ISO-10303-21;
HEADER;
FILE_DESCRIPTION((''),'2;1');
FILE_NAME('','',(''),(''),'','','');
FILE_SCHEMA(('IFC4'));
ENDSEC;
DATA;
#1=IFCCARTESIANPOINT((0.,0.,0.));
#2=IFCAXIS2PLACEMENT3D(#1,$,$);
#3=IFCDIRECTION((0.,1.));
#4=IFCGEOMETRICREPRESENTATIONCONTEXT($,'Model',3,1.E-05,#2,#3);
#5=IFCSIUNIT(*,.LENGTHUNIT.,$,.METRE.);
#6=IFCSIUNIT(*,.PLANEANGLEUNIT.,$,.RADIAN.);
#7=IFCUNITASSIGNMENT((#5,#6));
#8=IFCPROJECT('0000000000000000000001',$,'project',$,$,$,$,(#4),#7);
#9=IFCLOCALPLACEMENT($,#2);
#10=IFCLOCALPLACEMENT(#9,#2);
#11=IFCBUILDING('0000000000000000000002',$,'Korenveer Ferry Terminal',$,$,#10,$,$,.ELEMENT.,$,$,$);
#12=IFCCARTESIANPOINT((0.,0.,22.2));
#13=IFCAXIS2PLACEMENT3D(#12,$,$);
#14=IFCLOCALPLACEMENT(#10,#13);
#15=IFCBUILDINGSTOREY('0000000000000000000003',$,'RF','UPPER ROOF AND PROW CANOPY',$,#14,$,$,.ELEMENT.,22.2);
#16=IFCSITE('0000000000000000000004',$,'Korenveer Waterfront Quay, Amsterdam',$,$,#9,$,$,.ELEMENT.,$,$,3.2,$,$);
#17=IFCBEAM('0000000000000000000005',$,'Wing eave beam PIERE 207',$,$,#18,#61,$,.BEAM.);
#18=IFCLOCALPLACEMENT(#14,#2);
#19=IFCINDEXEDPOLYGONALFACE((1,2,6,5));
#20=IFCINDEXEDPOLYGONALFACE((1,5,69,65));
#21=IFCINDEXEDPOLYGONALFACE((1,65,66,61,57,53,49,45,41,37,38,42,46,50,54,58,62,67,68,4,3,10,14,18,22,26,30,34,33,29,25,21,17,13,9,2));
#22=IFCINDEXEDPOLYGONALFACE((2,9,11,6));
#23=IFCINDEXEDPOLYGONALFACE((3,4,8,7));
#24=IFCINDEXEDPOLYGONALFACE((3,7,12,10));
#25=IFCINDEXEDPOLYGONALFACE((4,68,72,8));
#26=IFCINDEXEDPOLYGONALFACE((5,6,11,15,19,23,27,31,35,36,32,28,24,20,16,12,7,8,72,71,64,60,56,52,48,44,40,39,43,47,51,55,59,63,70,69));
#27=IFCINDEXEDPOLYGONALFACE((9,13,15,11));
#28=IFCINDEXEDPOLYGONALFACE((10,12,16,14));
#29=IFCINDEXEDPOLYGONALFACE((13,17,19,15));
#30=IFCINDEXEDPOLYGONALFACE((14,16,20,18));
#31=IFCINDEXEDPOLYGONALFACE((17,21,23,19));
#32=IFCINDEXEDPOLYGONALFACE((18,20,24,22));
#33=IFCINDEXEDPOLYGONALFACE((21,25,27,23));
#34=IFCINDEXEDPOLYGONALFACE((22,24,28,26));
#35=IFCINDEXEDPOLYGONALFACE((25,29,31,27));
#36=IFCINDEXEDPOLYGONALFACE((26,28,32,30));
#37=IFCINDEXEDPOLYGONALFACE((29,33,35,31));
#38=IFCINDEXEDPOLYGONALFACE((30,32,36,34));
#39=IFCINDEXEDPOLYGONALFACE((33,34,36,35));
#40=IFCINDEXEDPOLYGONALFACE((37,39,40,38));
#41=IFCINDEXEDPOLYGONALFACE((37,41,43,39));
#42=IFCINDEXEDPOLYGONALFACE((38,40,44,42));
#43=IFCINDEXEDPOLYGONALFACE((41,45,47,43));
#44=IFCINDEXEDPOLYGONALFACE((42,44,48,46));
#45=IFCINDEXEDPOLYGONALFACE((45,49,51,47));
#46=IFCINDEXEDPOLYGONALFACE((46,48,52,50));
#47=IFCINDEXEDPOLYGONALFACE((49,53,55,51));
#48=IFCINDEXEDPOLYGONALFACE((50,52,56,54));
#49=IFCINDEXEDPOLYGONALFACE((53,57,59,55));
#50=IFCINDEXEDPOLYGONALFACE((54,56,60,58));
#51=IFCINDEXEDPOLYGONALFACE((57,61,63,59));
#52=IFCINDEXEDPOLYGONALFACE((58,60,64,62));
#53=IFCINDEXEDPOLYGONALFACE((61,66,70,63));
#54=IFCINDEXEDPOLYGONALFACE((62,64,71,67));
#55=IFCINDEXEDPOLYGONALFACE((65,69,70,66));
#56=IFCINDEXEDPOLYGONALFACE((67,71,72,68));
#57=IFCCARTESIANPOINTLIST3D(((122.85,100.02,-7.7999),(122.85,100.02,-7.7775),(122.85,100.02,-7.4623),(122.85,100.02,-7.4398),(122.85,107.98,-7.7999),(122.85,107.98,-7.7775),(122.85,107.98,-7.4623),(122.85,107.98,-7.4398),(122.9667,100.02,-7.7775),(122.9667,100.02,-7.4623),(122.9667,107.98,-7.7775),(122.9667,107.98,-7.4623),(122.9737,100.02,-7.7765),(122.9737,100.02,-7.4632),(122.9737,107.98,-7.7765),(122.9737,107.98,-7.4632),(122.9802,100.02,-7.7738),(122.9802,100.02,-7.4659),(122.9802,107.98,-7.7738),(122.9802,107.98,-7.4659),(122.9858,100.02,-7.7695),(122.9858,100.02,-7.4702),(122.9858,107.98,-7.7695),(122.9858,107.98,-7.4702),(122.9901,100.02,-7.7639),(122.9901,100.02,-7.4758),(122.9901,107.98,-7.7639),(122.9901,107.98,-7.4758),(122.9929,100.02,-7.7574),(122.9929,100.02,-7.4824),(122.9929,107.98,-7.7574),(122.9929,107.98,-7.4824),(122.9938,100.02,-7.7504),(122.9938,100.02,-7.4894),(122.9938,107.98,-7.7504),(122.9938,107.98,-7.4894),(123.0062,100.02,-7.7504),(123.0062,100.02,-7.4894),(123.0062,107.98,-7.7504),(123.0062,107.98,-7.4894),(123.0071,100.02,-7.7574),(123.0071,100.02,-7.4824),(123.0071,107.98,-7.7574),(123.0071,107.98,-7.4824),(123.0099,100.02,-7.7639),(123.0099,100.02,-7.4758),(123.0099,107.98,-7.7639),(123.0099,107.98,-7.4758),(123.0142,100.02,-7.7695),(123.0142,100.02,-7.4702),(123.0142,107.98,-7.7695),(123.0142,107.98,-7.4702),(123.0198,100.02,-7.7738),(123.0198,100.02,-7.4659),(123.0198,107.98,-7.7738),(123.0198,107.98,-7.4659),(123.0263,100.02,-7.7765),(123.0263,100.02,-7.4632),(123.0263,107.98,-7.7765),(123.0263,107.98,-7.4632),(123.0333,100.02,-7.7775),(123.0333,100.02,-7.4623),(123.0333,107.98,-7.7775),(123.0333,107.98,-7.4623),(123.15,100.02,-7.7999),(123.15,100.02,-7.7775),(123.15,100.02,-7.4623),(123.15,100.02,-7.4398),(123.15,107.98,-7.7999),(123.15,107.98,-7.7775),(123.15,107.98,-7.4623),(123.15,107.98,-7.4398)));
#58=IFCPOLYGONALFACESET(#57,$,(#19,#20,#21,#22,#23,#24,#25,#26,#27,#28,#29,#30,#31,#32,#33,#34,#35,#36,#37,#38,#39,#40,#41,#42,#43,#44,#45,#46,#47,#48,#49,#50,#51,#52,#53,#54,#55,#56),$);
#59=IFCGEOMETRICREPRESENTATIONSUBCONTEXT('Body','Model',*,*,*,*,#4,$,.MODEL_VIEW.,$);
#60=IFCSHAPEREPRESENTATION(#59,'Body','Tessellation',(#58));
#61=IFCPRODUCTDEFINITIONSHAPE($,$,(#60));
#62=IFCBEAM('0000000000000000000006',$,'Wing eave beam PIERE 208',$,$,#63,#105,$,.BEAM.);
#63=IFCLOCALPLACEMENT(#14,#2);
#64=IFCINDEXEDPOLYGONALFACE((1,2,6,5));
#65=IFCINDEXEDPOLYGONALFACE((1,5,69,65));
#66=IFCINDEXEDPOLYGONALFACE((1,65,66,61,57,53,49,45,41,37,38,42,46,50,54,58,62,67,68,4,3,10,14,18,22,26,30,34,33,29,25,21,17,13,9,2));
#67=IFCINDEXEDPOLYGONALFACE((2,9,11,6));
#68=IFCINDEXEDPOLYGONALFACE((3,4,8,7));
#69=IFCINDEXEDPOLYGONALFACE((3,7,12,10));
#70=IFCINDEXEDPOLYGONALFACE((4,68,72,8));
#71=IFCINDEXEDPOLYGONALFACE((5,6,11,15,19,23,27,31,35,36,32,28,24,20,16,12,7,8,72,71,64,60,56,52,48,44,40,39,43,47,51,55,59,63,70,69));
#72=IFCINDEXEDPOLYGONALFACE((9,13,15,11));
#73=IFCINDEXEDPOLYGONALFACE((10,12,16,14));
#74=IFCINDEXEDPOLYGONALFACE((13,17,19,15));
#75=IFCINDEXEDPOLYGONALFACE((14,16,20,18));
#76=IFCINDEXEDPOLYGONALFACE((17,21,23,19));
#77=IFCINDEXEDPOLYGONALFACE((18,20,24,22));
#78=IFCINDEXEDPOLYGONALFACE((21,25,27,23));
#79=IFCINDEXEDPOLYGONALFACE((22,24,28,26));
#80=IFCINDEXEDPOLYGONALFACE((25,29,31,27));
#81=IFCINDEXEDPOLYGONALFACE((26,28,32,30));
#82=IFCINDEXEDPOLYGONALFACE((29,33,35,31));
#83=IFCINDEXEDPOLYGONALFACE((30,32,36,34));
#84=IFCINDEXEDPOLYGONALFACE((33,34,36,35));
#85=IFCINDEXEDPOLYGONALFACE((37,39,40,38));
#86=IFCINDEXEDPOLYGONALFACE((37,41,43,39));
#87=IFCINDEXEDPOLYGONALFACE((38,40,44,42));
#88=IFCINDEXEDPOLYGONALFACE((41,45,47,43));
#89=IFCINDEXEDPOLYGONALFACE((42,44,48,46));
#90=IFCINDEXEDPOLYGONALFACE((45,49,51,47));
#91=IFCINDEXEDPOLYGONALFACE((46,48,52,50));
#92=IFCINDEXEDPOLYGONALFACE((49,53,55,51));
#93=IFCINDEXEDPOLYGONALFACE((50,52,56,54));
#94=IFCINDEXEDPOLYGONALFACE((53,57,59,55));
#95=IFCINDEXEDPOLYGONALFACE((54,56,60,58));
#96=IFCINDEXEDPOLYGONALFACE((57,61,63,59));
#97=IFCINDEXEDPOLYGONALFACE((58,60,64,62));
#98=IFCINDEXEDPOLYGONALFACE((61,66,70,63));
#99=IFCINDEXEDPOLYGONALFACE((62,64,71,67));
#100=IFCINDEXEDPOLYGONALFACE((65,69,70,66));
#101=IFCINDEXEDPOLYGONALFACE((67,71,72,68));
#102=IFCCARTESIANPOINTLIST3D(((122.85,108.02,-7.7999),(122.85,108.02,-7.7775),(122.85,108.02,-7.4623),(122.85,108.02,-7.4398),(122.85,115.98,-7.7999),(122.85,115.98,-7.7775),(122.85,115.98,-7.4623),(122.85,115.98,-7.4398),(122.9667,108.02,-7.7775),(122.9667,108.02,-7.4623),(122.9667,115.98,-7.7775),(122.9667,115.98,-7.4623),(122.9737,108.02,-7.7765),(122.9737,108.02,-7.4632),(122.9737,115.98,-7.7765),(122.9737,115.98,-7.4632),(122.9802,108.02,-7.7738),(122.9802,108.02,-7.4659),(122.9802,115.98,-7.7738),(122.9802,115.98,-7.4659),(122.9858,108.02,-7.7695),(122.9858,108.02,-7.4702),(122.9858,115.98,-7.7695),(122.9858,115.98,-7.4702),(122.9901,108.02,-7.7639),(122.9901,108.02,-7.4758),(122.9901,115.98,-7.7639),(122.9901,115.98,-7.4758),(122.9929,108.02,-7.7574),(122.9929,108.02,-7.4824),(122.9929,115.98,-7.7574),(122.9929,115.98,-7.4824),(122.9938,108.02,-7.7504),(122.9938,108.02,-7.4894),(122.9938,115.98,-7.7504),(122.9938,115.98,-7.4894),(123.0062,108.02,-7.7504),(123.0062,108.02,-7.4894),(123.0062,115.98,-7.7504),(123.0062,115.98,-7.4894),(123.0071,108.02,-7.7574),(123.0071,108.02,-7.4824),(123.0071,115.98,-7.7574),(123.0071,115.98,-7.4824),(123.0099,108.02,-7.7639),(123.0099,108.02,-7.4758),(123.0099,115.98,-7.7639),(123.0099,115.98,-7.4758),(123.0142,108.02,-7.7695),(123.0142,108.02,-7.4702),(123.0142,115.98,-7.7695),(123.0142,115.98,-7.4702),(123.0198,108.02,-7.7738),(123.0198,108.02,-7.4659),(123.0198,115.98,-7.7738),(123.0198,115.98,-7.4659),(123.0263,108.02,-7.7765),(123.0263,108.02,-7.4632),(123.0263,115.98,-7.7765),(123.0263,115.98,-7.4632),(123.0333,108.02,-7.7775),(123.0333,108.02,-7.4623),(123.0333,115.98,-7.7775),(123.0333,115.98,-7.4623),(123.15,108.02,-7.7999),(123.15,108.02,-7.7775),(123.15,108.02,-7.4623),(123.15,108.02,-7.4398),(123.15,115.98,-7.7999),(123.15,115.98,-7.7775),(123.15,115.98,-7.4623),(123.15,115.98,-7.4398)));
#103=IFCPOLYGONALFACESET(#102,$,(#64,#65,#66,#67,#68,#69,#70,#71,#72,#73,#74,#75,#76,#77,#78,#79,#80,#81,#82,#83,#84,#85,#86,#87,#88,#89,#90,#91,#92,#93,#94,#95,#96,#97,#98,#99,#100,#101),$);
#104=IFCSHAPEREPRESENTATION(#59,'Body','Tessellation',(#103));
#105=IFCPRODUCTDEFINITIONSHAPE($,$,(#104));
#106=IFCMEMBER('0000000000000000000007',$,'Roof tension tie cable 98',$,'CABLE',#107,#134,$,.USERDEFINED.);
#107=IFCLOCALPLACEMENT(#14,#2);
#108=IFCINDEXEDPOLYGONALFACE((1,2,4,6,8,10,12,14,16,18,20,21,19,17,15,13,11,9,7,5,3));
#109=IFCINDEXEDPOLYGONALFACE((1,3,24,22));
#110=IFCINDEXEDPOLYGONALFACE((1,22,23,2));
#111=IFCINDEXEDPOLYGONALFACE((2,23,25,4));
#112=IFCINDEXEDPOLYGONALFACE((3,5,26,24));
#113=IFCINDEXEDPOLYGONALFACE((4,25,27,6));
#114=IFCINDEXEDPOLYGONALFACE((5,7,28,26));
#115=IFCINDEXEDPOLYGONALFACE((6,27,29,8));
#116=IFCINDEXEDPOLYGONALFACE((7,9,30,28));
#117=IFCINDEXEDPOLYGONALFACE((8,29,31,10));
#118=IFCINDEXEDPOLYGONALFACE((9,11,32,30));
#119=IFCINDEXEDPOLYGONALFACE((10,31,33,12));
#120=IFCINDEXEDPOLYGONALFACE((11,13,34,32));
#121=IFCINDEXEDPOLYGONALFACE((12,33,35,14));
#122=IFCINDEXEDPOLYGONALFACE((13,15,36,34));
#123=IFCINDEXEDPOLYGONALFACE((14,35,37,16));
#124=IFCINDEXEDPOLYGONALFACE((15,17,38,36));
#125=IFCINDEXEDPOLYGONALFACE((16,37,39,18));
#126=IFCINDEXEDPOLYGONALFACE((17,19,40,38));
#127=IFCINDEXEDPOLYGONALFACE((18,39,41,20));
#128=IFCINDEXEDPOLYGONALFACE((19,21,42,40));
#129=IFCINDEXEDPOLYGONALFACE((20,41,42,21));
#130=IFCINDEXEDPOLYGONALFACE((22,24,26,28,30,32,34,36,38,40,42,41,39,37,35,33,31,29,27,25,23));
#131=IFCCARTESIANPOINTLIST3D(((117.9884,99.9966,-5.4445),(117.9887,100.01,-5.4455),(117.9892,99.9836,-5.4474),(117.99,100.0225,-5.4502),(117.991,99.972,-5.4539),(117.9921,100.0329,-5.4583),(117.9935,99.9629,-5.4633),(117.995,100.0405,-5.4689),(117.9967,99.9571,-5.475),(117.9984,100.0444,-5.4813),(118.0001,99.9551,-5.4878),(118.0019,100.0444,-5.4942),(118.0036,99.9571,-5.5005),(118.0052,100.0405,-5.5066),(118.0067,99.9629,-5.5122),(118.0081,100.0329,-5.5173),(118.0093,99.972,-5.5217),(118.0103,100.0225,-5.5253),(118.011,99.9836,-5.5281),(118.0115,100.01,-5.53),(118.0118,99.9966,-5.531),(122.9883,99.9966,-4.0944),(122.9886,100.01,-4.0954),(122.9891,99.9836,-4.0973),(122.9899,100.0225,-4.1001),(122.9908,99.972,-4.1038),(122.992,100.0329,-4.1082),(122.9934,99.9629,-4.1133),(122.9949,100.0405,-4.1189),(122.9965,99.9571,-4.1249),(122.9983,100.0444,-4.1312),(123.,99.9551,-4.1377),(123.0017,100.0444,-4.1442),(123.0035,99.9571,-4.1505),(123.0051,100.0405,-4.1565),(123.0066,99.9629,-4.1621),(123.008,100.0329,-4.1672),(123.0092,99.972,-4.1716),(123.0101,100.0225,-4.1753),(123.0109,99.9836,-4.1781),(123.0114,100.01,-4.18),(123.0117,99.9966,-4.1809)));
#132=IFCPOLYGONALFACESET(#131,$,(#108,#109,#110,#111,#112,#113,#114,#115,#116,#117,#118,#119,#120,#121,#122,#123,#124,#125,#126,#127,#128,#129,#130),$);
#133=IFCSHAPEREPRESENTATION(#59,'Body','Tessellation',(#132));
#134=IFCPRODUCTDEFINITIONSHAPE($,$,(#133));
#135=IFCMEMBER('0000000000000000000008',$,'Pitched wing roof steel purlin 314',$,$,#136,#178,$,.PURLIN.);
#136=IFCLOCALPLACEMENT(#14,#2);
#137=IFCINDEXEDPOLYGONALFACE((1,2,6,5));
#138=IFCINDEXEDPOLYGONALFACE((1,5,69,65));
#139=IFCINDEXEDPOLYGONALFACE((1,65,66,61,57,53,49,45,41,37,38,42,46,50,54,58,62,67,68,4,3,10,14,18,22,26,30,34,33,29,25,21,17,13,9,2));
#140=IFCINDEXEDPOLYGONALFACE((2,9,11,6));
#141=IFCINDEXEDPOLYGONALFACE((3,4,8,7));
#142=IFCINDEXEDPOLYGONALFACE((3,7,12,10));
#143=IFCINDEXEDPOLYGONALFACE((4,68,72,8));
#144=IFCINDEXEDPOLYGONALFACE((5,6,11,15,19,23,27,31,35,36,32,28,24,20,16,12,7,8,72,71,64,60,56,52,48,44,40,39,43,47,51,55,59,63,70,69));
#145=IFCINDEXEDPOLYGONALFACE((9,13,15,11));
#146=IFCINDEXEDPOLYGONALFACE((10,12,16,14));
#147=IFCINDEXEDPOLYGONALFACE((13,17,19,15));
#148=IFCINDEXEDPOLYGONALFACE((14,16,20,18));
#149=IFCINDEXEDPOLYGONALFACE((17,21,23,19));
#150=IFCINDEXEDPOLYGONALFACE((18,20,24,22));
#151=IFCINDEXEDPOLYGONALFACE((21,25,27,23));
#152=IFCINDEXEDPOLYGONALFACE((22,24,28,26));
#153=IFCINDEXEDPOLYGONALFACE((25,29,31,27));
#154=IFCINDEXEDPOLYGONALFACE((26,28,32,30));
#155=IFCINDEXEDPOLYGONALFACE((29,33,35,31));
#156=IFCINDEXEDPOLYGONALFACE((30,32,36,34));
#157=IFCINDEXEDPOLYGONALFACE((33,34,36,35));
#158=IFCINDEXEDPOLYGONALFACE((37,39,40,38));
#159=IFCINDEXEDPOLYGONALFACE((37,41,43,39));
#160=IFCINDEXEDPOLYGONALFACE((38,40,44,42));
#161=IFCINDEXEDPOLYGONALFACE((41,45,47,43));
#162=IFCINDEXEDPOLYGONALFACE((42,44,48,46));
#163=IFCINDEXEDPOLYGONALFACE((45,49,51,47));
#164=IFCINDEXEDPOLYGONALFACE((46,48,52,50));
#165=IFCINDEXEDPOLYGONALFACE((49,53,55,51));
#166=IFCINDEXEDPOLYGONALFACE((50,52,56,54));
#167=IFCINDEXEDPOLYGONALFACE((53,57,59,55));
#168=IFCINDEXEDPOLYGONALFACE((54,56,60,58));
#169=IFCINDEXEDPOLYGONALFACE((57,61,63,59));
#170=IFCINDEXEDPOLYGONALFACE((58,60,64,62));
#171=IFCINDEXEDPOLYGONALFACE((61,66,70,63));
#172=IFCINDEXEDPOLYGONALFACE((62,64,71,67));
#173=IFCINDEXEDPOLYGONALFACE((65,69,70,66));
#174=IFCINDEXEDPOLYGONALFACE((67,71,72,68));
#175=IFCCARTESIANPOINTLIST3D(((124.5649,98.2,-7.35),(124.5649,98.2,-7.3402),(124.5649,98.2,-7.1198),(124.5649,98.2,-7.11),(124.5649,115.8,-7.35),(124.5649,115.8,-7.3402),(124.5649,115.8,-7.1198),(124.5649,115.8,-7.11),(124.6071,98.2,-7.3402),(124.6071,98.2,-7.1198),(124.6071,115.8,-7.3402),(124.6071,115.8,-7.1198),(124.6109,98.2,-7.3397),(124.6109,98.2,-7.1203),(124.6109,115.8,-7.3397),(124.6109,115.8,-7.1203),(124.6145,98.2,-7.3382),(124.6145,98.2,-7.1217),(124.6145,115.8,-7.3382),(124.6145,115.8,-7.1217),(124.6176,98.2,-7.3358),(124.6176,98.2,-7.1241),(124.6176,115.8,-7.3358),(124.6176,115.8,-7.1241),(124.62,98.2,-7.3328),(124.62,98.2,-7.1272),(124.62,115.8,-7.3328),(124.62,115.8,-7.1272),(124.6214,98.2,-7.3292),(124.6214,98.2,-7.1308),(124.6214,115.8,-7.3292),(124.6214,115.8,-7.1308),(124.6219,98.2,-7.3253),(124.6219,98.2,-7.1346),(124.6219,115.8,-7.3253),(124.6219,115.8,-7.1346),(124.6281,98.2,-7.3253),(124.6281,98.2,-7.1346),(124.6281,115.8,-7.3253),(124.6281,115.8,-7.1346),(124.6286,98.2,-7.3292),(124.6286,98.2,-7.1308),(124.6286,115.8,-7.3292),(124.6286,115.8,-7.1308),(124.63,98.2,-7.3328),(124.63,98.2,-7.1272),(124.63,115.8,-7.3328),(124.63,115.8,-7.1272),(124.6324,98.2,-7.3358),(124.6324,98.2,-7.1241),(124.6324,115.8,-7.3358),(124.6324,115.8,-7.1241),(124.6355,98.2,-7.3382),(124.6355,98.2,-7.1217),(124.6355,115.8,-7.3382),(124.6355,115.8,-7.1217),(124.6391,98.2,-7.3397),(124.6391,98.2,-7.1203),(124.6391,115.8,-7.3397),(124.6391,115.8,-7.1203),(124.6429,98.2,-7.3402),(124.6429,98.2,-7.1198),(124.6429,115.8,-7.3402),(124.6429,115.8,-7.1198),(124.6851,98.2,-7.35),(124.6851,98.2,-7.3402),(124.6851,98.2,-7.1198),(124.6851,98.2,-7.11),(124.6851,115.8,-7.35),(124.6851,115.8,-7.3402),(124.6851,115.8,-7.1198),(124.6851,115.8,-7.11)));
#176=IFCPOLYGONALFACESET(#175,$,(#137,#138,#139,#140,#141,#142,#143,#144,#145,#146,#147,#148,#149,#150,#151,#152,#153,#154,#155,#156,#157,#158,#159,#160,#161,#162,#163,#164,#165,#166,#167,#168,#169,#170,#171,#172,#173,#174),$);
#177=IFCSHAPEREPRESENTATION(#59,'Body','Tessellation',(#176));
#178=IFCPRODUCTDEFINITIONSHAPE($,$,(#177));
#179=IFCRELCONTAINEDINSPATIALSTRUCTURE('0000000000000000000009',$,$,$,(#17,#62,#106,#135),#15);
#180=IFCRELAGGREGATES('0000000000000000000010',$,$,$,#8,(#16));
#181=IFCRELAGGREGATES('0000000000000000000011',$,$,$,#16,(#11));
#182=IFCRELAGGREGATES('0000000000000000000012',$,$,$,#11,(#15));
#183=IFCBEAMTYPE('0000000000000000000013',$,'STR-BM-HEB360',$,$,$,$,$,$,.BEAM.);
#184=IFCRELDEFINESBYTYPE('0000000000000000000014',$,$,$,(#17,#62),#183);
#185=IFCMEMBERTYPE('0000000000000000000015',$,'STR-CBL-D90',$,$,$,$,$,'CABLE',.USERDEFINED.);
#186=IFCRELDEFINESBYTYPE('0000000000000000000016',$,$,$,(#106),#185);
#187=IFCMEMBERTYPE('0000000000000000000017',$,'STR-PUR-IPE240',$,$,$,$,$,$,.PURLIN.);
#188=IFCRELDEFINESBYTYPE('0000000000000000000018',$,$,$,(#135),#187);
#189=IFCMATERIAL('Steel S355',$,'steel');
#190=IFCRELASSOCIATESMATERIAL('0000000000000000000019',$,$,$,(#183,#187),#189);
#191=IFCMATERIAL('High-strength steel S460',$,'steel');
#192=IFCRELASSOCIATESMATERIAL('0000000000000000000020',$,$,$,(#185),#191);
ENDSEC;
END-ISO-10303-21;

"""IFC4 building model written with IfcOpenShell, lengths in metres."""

from ifc_helpers import new_model, si_unit, direction, frame, origin, origin_2d, place, context, subcontext, project, spatial, circle, i_section, extrude, material, material_profile, profile_set, type_object, element, save


model = new_model("IFC4")

# Units and contexts
model_context = context("Model", 3, precision=1e-05, world=origin(), true_north=direction((0.0, 1.0)))
body_context = subcontext(model_context, "Body", "Model", "MODEL_VIEW")
ifc_project = project(units=[si_unit("LENGTHUNIT", "METRE"), si_unit("PLANEANGLEUNIT", "RADIAN")], contexts=[model_context])

# Site, building, storey
site_placement = place(None, origin())
site = spatial("IfcSite", under=ifc_project, at=site_placement, Name="Korenveer Waterfront Quay, Amsterdam", CompositionType="ELEMENT", RefElevation=3.2)
building_placement = place(site_placement, origin())
building = spatial("IfcBuilding", under=site, at=building_placement, Name="Korenveer Ferry Terminal", CompositionType="ELEMENT")
storey_placement = place(building_placement, frame((0.0, 0.0, 22.2)))
storey = spatial("IfcBuildingStorey", under=building, at=storey_placement, Name="RF", Description="UPPER ROOF AND PROW CANOPY", CompositionType="ELEMENT", Elevation=22.2)

# Beams
ifc_material_1 = material(Name="Steel S355", Category="steel")
ifc_material_profile_1 = material_profile(ifc_material_1, i_section(OverallWidth=0.3, OverallDepth=0.3601, WebThickness=0.0125, FlangeThickness=0.0225, FilletRadius=0.0271, at=origin_2d()), Name="HEB 360")
ifc_profile_set_1 = profile_set([ifc_material_profile_1], Name="Steel S355")
beam_type_1 = type_object("IfcBeamType", Name="STR-BM-HEB360", PredefinedType="BEAM", material=ifc_profile_set_1)
for number, where, z_axis, x_axis, name in (
    (1, (123.0, 100.02, -7.6199), (0.0, 1.0, 0.0), (-1.0, 0.0, 0.0), "Wing eave beam PIERE 207"),
    (2, (123.0, 108.02, -7.6199), (0.0, 1.0, 0.0), (-1.0, 0.0, 0.0), "Wing eave beam PIERE 208"),
):
    element("IfcBeam", number, at=place(storey_placement, frame(where, z_axis=z_axis, x_axis=x_axis)), inside=storey, type_object=beam_type_1, Name=name, PredefinedType="BEAM", context=body_context, shape_type="SweptSolid", body=[
        extrude(i_section(OverallWidth=0.3, OverallDepth=0.3601, WebThickness=0.0125, FlangeThickness=0.0225, FilletRadius=0.0271, at=origin_2d()), origin(), (0.0, 0.0, 1.0), 7.96),
    ])

# Members
ifc_material_2 = material(Name="High-strength steel S460", Category="steel")
ifc_material_profile_2 = material_profile(ifc_material_2, circle(Radius=0.0449, at=origin_2d()), Name="ROD D90")
ifc_profile_set_2 = profile_set([ifc_material_profile_2], Name="High-strength steel S460")
member_type_1 = type_object("IfcMemberType", Name="STR-CBL-D90", ElementType="CABLE", PredefinedType="USERDEFINED", material=ifc_profile_set_2)
member_1_placement = place(storey_placement, frame((123.0, 100.0, -4.1377), z_axis=(-0.965424, 0.0, -0.260683), x_axis=(0.0, -1.0, 0.0)))
element("IfcMember", 3, at=member_1_placement, inside=storey, type_object=member_type_1, Name="Roof tension tie cable 98", ObjectType="CABLE", PredefinedType="USERDEFINED", context=body_context, shape_type="SweptSolid", body=[
    extrude(circle(Radius=0.0449, at=origin_2d()), origin(), (0.0, 0.0, 1.0), 5.179),
])
ifc_material_profile_3 = material_profile(ifc_material_1, i_section(OverallWidth=0.1201, OverallDepth=0.24, WebThickness=0.0061, FlangeThickness=0.0098, FilletRadius=0.0149, at=origin_2d()), Name="IPE 240")
ifc_profile_set_3 = profile_set([ifc_material_profile_3], Name="Steel S355")
member_type_2 = type_object("IfcMemberType", Name="STR-PUR-IPE240", PredefinedType="PURLIN", material=ifc_profile_set_3)
for number, where, z_axis, x_axis, name in (
    (4, (124.625, 98.2, -7.23), (0.0, 1.0, 0.0), (-1.0, 0.0, 0.0), "Pitched wing roof steel purlin 314"),
):
    element("IfcMember", number, at=place(storey_placement, frame(where, z_axis=z_axis, x_axis=x_axis)), inside=storey, type_object=member_type_2, Name=name, PredefinedType="PURLIN", context=body_context, shape_type="SweptSolid", body=[
        extrude(i_section(OverallWidth=0.1201, OverallDepth=0.24, WebThickness=0.0061, FlangeThickness=0.0098, FilletRadius=0.0149, at=origin_2d()), origin(), (0.0, 0.0, 1.0), 17.6001),
    ])

save(model, "model.ifc")
